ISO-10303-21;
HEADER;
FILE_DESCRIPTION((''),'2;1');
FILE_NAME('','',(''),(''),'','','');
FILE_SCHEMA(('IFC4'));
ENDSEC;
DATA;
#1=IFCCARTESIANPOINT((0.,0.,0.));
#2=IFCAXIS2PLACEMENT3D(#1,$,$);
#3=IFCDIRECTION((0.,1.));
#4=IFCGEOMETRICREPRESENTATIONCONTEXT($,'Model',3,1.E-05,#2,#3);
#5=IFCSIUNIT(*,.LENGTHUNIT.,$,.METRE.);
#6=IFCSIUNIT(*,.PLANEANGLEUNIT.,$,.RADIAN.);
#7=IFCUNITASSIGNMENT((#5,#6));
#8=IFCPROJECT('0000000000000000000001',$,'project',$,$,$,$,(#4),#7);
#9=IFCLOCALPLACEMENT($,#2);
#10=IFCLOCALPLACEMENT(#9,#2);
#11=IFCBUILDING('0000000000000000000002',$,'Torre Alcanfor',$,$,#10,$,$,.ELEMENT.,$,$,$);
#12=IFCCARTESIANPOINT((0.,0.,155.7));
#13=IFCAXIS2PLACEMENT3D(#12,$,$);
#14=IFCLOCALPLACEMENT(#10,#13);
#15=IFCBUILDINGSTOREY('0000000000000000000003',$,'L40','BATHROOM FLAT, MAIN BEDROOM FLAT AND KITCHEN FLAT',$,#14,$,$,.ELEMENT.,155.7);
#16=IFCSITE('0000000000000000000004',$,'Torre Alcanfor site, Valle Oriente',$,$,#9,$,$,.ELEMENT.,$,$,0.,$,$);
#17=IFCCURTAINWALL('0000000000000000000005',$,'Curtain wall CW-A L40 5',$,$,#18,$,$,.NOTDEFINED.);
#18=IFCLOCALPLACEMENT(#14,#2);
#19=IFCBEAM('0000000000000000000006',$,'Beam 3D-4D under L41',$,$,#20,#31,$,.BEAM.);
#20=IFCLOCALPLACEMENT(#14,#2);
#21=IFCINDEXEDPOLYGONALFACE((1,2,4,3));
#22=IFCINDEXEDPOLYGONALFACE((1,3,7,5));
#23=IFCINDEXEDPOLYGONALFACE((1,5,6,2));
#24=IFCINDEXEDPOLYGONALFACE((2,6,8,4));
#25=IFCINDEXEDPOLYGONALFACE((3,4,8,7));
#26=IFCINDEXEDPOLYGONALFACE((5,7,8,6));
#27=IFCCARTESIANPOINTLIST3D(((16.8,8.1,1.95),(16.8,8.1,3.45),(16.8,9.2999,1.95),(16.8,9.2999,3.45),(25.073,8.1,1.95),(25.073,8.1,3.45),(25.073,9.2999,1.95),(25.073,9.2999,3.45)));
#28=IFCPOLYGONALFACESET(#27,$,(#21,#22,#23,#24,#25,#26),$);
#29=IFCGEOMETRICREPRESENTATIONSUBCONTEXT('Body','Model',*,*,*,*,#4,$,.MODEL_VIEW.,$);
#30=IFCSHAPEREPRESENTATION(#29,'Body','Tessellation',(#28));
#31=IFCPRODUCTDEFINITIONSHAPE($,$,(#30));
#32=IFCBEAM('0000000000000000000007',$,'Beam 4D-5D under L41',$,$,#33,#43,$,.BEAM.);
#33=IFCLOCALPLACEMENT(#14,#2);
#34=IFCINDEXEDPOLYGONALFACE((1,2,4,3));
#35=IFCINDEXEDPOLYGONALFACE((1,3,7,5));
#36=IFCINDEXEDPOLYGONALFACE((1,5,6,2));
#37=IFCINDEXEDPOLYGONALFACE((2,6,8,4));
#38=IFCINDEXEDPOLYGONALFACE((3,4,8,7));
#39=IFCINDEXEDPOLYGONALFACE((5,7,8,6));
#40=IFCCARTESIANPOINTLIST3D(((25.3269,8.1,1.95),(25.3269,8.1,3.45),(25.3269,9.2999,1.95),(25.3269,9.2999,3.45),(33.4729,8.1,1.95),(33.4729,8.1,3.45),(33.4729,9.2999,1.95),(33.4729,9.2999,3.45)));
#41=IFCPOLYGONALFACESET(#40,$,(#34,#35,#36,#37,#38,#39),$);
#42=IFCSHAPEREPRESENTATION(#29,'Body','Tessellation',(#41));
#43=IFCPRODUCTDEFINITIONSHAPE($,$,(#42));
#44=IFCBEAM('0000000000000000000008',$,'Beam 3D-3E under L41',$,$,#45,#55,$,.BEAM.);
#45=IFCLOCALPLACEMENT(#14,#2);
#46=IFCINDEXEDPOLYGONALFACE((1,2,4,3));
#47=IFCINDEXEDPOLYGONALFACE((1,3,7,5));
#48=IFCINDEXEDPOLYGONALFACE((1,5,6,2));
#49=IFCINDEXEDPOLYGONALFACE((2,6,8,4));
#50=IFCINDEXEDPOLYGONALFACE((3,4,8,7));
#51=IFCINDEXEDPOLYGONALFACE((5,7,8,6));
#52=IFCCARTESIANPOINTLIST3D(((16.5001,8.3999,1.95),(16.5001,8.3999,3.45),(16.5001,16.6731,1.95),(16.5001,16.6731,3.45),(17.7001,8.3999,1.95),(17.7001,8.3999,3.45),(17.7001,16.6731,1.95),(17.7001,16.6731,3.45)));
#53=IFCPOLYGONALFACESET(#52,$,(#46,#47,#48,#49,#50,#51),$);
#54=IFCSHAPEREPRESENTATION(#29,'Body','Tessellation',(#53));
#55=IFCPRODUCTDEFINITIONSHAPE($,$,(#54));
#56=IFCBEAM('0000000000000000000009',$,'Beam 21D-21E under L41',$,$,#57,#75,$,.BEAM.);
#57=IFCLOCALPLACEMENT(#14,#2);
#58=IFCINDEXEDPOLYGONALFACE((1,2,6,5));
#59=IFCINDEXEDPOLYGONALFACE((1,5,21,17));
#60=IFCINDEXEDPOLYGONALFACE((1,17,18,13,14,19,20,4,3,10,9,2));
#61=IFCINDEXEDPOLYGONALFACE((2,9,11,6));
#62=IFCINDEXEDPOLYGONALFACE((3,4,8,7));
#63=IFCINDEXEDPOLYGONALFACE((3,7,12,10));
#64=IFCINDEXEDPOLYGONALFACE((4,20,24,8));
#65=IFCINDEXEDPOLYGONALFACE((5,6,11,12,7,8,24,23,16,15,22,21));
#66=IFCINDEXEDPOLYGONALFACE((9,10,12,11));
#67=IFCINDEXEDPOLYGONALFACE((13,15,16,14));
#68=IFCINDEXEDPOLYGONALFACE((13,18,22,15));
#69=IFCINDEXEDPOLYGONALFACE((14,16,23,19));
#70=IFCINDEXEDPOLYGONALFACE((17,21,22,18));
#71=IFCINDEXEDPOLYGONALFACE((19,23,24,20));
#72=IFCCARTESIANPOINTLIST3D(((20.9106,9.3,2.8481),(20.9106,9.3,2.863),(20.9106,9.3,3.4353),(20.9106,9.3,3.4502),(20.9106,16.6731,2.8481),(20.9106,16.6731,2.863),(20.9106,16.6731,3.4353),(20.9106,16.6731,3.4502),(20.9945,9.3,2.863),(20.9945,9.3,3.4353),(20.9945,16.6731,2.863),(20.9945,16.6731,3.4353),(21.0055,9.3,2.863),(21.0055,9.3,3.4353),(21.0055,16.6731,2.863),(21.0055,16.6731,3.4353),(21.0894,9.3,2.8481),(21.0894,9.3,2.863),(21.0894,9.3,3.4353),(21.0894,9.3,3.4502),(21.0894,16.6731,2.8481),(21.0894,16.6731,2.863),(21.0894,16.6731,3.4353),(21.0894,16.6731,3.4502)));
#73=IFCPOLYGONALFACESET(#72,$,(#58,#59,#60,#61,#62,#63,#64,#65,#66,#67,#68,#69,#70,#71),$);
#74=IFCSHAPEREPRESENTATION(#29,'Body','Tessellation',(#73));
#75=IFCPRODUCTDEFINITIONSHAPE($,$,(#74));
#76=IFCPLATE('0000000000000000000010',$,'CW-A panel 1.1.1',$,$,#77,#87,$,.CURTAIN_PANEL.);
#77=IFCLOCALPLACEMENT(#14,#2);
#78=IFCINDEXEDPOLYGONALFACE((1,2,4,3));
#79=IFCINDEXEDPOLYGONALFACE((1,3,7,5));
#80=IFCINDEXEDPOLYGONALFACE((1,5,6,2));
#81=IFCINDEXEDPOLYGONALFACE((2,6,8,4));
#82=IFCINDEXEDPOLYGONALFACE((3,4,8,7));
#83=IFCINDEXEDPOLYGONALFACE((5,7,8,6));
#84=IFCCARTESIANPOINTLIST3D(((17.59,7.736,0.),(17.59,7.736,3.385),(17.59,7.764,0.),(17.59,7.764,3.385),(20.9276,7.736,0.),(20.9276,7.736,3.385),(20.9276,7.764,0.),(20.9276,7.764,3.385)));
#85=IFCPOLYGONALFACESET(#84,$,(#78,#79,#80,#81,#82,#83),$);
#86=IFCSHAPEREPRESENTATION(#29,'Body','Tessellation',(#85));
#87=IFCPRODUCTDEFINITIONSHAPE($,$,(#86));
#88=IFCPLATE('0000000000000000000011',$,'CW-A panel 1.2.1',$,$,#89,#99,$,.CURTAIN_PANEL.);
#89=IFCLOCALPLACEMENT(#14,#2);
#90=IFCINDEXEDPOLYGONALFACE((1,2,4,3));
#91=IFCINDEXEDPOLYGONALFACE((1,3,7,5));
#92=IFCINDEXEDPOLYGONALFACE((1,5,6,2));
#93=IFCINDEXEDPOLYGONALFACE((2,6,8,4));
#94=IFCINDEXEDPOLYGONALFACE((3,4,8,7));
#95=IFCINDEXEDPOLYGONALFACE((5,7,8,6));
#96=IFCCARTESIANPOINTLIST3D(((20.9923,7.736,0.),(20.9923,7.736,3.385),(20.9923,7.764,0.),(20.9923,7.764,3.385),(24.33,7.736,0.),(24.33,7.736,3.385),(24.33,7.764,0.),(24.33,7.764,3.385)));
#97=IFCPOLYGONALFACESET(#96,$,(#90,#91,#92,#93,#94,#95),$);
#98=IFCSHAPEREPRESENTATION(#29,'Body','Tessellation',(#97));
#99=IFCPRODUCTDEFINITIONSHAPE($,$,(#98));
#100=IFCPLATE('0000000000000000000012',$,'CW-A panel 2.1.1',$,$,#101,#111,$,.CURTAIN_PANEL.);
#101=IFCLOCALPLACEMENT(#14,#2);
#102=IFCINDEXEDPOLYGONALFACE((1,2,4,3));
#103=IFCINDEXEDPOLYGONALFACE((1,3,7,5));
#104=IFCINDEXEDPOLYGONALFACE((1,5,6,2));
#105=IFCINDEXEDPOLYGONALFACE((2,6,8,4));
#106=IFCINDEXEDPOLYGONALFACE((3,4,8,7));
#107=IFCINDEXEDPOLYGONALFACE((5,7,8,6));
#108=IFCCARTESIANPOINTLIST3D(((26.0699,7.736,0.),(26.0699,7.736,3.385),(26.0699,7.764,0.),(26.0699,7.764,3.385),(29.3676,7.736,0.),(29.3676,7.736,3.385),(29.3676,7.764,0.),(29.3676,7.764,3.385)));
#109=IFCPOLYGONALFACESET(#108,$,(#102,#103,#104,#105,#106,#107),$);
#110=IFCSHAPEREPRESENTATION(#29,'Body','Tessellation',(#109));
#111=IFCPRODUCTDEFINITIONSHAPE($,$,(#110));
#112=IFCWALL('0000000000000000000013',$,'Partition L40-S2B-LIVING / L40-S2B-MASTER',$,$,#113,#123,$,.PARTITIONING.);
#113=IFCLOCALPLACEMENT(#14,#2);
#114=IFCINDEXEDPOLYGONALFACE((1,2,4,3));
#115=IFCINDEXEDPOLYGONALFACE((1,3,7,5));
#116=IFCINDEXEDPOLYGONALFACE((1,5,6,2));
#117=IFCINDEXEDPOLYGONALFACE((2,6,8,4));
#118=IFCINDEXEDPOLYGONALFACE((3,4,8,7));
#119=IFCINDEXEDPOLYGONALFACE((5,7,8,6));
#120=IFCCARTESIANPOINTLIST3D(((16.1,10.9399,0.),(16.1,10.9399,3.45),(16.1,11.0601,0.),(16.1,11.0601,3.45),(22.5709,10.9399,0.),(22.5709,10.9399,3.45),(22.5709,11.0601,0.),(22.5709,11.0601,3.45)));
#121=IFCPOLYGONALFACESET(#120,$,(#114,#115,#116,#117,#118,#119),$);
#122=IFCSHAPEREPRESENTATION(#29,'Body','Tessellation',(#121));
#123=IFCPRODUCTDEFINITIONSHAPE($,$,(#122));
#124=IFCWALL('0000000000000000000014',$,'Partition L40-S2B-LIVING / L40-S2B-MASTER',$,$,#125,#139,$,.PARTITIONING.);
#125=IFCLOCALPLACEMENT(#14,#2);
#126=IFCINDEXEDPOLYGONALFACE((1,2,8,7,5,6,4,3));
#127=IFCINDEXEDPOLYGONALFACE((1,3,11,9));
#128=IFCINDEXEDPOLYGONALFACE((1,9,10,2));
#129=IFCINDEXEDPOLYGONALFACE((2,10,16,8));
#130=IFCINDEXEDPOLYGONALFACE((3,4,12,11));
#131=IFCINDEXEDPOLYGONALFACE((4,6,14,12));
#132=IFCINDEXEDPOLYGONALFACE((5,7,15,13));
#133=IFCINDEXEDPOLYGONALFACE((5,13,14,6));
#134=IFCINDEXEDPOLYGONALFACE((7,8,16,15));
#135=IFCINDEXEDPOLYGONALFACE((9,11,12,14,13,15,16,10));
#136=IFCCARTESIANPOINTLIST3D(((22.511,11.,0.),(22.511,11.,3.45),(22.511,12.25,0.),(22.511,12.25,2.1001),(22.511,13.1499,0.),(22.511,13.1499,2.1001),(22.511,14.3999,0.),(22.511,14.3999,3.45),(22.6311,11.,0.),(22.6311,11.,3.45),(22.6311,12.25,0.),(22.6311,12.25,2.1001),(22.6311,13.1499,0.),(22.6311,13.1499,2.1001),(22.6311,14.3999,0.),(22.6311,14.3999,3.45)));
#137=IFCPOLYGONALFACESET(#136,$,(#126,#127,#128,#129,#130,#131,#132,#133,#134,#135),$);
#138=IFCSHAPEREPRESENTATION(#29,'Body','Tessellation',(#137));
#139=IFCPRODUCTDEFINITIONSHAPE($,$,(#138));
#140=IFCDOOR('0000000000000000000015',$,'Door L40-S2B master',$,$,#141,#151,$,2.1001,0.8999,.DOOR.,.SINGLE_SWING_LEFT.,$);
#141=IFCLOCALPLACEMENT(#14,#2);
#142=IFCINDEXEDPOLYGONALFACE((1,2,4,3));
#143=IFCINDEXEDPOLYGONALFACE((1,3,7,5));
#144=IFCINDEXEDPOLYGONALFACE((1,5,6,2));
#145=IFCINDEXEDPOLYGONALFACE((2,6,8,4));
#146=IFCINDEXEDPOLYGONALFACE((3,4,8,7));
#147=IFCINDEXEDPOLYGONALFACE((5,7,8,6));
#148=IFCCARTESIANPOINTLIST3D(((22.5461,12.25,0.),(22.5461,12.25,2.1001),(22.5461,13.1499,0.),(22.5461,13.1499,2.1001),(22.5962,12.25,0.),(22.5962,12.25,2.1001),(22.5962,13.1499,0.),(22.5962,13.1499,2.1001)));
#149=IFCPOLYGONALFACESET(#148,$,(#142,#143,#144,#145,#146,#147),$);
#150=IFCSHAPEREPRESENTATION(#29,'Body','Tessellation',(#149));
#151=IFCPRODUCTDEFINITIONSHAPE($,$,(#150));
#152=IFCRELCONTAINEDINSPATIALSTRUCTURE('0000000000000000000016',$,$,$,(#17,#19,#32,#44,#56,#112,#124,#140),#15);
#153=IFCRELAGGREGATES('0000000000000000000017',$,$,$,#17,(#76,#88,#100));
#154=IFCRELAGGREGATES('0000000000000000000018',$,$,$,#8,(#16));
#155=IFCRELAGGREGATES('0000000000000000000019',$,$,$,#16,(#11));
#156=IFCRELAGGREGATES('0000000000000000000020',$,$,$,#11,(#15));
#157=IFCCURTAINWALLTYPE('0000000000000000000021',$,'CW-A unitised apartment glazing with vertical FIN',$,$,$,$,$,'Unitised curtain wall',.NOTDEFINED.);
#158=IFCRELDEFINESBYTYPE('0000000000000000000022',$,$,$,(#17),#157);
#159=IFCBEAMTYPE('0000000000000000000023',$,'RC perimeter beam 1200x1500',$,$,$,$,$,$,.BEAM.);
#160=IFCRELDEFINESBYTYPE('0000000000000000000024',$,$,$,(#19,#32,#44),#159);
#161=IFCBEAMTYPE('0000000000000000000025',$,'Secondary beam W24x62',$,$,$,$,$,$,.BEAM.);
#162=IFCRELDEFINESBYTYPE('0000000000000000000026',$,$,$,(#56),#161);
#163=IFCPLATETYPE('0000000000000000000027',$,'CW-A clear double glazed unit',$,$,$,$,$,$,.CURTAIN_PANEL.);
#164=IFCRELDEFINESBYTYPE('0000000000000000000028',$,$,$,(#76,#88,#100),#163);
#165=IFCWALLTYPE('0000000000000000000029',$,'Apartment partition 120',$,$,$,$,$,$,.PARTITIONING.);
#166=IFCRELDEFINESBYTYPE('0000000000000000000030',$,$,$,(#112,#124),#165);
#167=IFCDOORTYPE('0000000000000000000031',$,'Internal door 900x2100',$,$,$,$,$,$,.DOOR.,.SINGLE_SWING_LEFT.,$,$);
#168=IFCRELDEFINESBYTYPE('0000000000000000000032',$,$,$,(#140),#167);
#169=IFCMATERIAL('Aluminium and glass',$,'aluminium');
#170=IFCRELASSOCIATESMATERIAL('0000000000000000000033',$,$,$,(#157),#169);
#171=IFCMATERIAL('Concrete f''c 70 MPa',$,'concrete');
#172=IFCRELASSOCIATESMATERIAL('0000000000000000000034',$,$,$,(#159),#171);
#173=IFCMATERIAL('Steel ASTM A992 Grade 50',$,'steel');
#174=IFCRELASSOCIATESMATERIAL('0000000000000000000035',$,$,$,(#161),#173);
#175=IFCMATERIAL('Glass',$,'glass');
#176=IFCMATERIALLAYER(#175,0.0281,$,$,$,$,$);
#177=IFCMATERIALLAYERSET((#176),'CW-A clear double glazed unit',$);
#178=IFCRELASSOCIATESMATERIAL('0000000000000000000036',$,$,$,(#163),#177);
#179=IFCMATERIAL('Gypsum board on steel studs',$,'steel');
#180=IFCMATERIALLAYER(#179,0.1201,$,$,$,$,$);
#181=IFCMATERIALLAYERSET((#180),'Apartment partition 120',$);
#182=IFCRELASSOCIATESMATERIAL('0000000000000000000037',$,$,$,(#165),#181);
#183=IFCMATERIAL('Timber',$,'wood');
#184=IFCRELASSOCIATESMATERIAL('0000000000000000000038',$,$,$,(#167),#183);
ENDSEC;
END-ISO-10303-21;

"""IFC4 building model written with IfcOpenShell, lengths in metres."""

from ifc_helpers import new_model, si_unit, direction, frame, frame_2d, origin, origin_2d, place, context, subcontext, project, spatial, rectangle, i_section, extrude, material, layer, layer_set, material_profile, profile_set, type_object, element, fill, aggregate, save


model = new_model("IFC4")

# Units and contexts
model_context = context("Model", 3, precision=1e-05, world=origin(), true_north=direction((0.0, 1.0)))
body_context = subcontext(model_context, "Body", "Model", "MODEL_VIEW")
ifc_project = project(units=[si_unit("LENGTHUNIT", "METRE"), si_unit("PLANEANGLEUNIT", "RADIAN")], contexts=[model_context])

# Site, building, storey
site_placement = place(None, origin())
site = spatial("IfcSite", under=ifc_project, at=site_placement, Name="Torre Alcanfor site, Valle Oriente", CompositionType="ELEMENT", RefElevation=0.0)
building_placement = place(site_placement, origin())
building = spatial("IfcBuilding", under=site, at=building_placement, Name="Torre Alcanfor", CompositionType="ELEMENT")
storey_placement = place(building_placement, frame((0.0, 0.0, 155.7)))
storey = spatial("IfcBuildingStorey", under=building, at=storey_placement, Name="L40", Description="BATHROOM FLAT, MAIN BEDROOM FLAT AND KITCHEN FLAT", CompositionType="ELEMENT", Elevation=155.7)

# Curtain wall
ifc_material_1 = material(Name="Aluminium and glass", Category="aluminium")
curtain_wall_type = type_object("IfcCurtainWallType", Name="CW-A unitised apartment glazing with vertical FIN", ElementType="Unitised curtain wall", PredefinedType="NOTDEFINED", material=ifc_material_1)
curtain_wall_placement = place(storey_placement, origin())
curtain_wall = element("IfcCurtainWall", 1, at=curtain_wall_placement, inside=storey, type_object=curtain_wall_type, Name="Curtain wall CW-A L40 5", PredefinedType="NOTDEFINED")

# Beams
ifc_material_2 = material(Name="Concrete f'c 70 MPa", Category="concrete")
ifc_material_profile_1 = material_profile(ifc_material_2, rectangle(XDim=1.2, YDim=1.5, at=origin_2d()), Name="1200x1500")
ifc_profile_set_1 = profile_set([ifc_material_profile_1], Name="Concrete f'c 70 MPa")
beam_type_1 = type_object("IfcBeamType", Name="RC perimeter beam 1200x1500", PredefinedType="BEAM", material=ifc_profile_set_1)
beam_1_placement = place(storey_placement, frame((16.8, 8.7, 2.7), z_axis=(1.0, 0.0, 0.0), x_axis=(0.0, 1.0, 0.0)))
element("IfcBeam", 2, at=beam_1_placement, inside=storey, type_object=beam_type_1, Name="Beam 3D-4D under L41", PredefinedType="BEAM", context=body_context, shape_type="SweptSolid", body=[
    extrude(rectangle(XDim=1.2, YDim=1.5, at=origin_2d()), origin(), (0.0, 0.0, 1.0), 8.2729),
])
beam_2_placement = place(storey_placement, frame((25.3269, 8.7, 2.7), z_axis=(1.0, 0.0, 0.0), x_axis=(0.0, 1.0, 0.0)))
element("IfcBeam", 3, at=beam_2_placement, inside=storey, type_object=beam_type_1, Name="Beam 4D-5D under L41", PredefinedType="BEAM", context=body_context, shape_type="SweptSolid", body=[
    extrude(rectangle(XDim=1.2, YDim=1.5, at=origin_2d()), origin(), (0.0, 0.0, 1.0), 8.146),
])
beam_3_placement = place(storey_placement, frame((17.1001, 8.3999, 2.7), z_axis=(0.0, 1.0, 0.0), x_axis=(-1.0, 0.0, 0.0)))
element("IfcBeam", 4, at=beam_3_placement, inside=storey, type_object=beam_type_1, Name="Beam 3D-3E under L41", PredefinedType="BEAM", context=body_context, shape_type="SweptSolid", body=[
    extrude(rectangle(XDim=1.2, YDim=1.5, at=origin_2d()), origin(), (0.0, 0.0, 1.0), 8.2732),
])
ifc_material_3 = material(Name="Steel ASTM A992 Grade 50", Category="steel")
ifc_material_profile_2 = material_profile(ifc_material_3, i_section(OverallWidth=0.1787, OverallDepth=0.6021, WebThickness=0.011, FlangeThickness=0.0149, at=origin_2d()), Name="W24x62")
ifc_profile_set_2 = profile_set([ifc_material_profile_2], Name="Steel ASTM A992 Grade 50")
beam_type_2 = type_object("IfcBeamType", Name="Secondary beam W24x62", PredefinedType="BEAM", material=ifc_profile_set_2)
beam_4_placement = place(storey_placement, frame((21.0, 9.3, 3.1492), z_axis=(0.0, 1.0, 0.0), x_axis=(-1.0, 0.0, 0.0)))
element("IfcBeam", 5, at=beam_4_placement, inside=storey, type_object=beam_type_2, Name="Beam 21D-21E under L41", PredefinedType="BEAM", context=body_context, shape_type="SweptSolid", body=[
    extrude(i_section(OverallWidth=0.1787, OverallDepth=0.6021, WebThickness=0.011, FlangeThickness=0.0149, at=origin_2d()), origin(), (0.0, 0.0, 1.0), 7.373),
])

# Plates
ifc_material_4 = material(Name="Glass", Category="glass")
ifc_layer_1 = layer(ifc_material_4, 0.0281)
ifc_layer_set_1 = layer_set([ifc_layer_1], Name="CW-A clear double glazed unit")
plate_type = type_object("IfcPlateType", Name="CW-A clear double glazed unit", PredefinedType="CURTAIN_PANEL", material=ifc_layer_set_1)
plate_1_placement = place(storey_placement, frame((19.2588, 7.75, 0.0), z_axis=(0.0, 0.0, 1.0), x_axis=(1.0, 0.0, 0.0)))
plate_1 = element("IfcPlate", 6, at=plate_1_placement, type_object=plate_type, Name="CW-A panel 1.1.1", PredefinedType="CURTAIN_PANEL", context=body_context, shape_type="SweptSolid", body=[
    extrude(rectangle(XDim=3.3376, YDim=0.0281, at=origin_2d()), origin(), (0.0, 0.0, 1.0), 3.385),
])
plate_2_placement = place(storey_placement, frame((22.6611, 7.75, 0.0), z_axis=(0.0, 0.0, 1.0), x_axis=(1.0, 0.0, 0.0)))
plate_2 = element("IfcPlate", 7, at=plate_2_placement, type_object=plate_type, Name="CW-A panel 1.2.1", PredefinedType="CURTAIN_PANEL", context=body_context, shape_type="SweptSolid", body=[
    extrude(rectangle(XDim=3.3376, YDim=0.0281, at=origin_2d()), origin(), (0.0, 0.0, 1.0), 3.385),
])
plate_3_placement = place(storey_placement, frame((27.7188, 7.75, 0.0), z_axis=(0.0, 0.0, 1.0), x_axis=(1.0, 0.0, 0.0)))
plate_3 = element("IfcPlate", 8, at=plate_3_placement, type_object=plate_type, Name="CW-A panel 2.1.1", PredefinedType="CURTAIN_PANEL", context=body_context, shape_type="SweptSolid", body=[
    extrude(rectangle(XDim=3.2976, YDim=0.0281, at=origin_2d()), origin(), (0.0, 0.0, 1.0), 3.385),
])
aggregate(curtain_wall, [plate_1, plate_2, plate_3])

# Wall
ifc_material_5 = material(Name="Gypsum board on steel studs", Category="steel")
ifc_layer_2 = layer(ifc_material_5, 0.1201)
ifc_layer_set_2 = layer_set([ifc_layer_2], Name="Apartment partition 120")
wall_type_1 = type_object("IfcWallType", Name="Apartment partition 120", PredefinedType="PARTITIONING", material=ifc_layer_set_2)
wall_1_placement = place(storey_placement, frame((16.1001, 11.0, 0.0), z_axis=(0.0, 0.0, 1.0), x_axis=(1.0, 0.0, 0.0)))
element("IfcWall", 9, at=wall_1_placement, inside=storey, type_object=wall_type_1, Name="Partition L40-S2B-LIVING / L40-S2B-MASTER", PredefinedType="PARTITIONING", context=body_context, shape_type="SweptSolid", body=[
    extrude(rectangle(XDim=6.4709, YDim=0.1201, at=frame_2d((3.2354, 0.0))), origin(), (0.0, 0.0, 1.0), 3.45),
])

# Wall, opening, door
wall_2_placement = place(storey_placement, frame((22.571, 11.0, 0.0), z_axis=(0.0, 0.0, 1.0), x_axis=(0.0, 1.0, 0.0)))
wall_2 = element("IfcWall", 10, at=wall_2_placement, inside=storey, type_object=wall_type_1, Name="Partition L40-S2B-LIVING / L40-S2B-MASTER", PredefinedType="PARTITIONING", context=body_context, shape_type="SweptSolid", body=[
    extrude(rectangle(XDim=3.3999, YDim=0.1201, at=frame_2d((1.7, 0.0))), origin(), (0.0, 0.0, 1.0), 3.45),
])
opening_1_placement = place(wall_2_placement, frame((1.25, 0.0, 0.0)))
opening_1 = element("IfcOpeningElement", 11, at=opening_1_placement, cuts=wall_2, PredefinedType="OPENING", context=body_context, shape_type="SweptSolid", body=[
    extrude(rectangle(XDim=0.8999, YDim=2.1001, at=frame_2d((0.45, 1.05))), frame((0.0, 0.0701, 0.0), z_axis=(0.0, -1.0, 0.0), x_axis=(1.0, 0.0, 0.0)), (0.0, 0.0, 1.0), 0.1401),
])
ifc_material_6 = material(Name="Timber", Category="wood")
door_type_1 = type_object("IfcDoorType", Name="Internal door 900x2100", OperationType="SINGLE_SWING_LEFT", PredefinedType="DOOR", material=ifc_material_6)
door_1_placement = place(opening_1_placement, origin())
door_1 = element("IfcDoor", 12, at=door_1_placement, inside=storey, type_object=door_type_1, Name="Door L40-S2B master", OperationType="SINGLE_SWING_LEFT", OverallHeight=2.1001, OverallWidth=0.8999, PredefinedType="DOOR", context=body_context, shape_type="SweptSolid", body=[
    extrude(rectangle(XDim=0.8999, YDim=2.1001, at=frame_2d((0.45, 1.05))), frame((0.0, 0.0249, 0.0), z_axis=(0.0, -1.0, 0.0), x_axis=(1.0, 0.0, 0.0)), (0.0, 0.0, 1.0), 0.05),
])
fill(opening_1, door_1)

save(model, "model.ifc")
